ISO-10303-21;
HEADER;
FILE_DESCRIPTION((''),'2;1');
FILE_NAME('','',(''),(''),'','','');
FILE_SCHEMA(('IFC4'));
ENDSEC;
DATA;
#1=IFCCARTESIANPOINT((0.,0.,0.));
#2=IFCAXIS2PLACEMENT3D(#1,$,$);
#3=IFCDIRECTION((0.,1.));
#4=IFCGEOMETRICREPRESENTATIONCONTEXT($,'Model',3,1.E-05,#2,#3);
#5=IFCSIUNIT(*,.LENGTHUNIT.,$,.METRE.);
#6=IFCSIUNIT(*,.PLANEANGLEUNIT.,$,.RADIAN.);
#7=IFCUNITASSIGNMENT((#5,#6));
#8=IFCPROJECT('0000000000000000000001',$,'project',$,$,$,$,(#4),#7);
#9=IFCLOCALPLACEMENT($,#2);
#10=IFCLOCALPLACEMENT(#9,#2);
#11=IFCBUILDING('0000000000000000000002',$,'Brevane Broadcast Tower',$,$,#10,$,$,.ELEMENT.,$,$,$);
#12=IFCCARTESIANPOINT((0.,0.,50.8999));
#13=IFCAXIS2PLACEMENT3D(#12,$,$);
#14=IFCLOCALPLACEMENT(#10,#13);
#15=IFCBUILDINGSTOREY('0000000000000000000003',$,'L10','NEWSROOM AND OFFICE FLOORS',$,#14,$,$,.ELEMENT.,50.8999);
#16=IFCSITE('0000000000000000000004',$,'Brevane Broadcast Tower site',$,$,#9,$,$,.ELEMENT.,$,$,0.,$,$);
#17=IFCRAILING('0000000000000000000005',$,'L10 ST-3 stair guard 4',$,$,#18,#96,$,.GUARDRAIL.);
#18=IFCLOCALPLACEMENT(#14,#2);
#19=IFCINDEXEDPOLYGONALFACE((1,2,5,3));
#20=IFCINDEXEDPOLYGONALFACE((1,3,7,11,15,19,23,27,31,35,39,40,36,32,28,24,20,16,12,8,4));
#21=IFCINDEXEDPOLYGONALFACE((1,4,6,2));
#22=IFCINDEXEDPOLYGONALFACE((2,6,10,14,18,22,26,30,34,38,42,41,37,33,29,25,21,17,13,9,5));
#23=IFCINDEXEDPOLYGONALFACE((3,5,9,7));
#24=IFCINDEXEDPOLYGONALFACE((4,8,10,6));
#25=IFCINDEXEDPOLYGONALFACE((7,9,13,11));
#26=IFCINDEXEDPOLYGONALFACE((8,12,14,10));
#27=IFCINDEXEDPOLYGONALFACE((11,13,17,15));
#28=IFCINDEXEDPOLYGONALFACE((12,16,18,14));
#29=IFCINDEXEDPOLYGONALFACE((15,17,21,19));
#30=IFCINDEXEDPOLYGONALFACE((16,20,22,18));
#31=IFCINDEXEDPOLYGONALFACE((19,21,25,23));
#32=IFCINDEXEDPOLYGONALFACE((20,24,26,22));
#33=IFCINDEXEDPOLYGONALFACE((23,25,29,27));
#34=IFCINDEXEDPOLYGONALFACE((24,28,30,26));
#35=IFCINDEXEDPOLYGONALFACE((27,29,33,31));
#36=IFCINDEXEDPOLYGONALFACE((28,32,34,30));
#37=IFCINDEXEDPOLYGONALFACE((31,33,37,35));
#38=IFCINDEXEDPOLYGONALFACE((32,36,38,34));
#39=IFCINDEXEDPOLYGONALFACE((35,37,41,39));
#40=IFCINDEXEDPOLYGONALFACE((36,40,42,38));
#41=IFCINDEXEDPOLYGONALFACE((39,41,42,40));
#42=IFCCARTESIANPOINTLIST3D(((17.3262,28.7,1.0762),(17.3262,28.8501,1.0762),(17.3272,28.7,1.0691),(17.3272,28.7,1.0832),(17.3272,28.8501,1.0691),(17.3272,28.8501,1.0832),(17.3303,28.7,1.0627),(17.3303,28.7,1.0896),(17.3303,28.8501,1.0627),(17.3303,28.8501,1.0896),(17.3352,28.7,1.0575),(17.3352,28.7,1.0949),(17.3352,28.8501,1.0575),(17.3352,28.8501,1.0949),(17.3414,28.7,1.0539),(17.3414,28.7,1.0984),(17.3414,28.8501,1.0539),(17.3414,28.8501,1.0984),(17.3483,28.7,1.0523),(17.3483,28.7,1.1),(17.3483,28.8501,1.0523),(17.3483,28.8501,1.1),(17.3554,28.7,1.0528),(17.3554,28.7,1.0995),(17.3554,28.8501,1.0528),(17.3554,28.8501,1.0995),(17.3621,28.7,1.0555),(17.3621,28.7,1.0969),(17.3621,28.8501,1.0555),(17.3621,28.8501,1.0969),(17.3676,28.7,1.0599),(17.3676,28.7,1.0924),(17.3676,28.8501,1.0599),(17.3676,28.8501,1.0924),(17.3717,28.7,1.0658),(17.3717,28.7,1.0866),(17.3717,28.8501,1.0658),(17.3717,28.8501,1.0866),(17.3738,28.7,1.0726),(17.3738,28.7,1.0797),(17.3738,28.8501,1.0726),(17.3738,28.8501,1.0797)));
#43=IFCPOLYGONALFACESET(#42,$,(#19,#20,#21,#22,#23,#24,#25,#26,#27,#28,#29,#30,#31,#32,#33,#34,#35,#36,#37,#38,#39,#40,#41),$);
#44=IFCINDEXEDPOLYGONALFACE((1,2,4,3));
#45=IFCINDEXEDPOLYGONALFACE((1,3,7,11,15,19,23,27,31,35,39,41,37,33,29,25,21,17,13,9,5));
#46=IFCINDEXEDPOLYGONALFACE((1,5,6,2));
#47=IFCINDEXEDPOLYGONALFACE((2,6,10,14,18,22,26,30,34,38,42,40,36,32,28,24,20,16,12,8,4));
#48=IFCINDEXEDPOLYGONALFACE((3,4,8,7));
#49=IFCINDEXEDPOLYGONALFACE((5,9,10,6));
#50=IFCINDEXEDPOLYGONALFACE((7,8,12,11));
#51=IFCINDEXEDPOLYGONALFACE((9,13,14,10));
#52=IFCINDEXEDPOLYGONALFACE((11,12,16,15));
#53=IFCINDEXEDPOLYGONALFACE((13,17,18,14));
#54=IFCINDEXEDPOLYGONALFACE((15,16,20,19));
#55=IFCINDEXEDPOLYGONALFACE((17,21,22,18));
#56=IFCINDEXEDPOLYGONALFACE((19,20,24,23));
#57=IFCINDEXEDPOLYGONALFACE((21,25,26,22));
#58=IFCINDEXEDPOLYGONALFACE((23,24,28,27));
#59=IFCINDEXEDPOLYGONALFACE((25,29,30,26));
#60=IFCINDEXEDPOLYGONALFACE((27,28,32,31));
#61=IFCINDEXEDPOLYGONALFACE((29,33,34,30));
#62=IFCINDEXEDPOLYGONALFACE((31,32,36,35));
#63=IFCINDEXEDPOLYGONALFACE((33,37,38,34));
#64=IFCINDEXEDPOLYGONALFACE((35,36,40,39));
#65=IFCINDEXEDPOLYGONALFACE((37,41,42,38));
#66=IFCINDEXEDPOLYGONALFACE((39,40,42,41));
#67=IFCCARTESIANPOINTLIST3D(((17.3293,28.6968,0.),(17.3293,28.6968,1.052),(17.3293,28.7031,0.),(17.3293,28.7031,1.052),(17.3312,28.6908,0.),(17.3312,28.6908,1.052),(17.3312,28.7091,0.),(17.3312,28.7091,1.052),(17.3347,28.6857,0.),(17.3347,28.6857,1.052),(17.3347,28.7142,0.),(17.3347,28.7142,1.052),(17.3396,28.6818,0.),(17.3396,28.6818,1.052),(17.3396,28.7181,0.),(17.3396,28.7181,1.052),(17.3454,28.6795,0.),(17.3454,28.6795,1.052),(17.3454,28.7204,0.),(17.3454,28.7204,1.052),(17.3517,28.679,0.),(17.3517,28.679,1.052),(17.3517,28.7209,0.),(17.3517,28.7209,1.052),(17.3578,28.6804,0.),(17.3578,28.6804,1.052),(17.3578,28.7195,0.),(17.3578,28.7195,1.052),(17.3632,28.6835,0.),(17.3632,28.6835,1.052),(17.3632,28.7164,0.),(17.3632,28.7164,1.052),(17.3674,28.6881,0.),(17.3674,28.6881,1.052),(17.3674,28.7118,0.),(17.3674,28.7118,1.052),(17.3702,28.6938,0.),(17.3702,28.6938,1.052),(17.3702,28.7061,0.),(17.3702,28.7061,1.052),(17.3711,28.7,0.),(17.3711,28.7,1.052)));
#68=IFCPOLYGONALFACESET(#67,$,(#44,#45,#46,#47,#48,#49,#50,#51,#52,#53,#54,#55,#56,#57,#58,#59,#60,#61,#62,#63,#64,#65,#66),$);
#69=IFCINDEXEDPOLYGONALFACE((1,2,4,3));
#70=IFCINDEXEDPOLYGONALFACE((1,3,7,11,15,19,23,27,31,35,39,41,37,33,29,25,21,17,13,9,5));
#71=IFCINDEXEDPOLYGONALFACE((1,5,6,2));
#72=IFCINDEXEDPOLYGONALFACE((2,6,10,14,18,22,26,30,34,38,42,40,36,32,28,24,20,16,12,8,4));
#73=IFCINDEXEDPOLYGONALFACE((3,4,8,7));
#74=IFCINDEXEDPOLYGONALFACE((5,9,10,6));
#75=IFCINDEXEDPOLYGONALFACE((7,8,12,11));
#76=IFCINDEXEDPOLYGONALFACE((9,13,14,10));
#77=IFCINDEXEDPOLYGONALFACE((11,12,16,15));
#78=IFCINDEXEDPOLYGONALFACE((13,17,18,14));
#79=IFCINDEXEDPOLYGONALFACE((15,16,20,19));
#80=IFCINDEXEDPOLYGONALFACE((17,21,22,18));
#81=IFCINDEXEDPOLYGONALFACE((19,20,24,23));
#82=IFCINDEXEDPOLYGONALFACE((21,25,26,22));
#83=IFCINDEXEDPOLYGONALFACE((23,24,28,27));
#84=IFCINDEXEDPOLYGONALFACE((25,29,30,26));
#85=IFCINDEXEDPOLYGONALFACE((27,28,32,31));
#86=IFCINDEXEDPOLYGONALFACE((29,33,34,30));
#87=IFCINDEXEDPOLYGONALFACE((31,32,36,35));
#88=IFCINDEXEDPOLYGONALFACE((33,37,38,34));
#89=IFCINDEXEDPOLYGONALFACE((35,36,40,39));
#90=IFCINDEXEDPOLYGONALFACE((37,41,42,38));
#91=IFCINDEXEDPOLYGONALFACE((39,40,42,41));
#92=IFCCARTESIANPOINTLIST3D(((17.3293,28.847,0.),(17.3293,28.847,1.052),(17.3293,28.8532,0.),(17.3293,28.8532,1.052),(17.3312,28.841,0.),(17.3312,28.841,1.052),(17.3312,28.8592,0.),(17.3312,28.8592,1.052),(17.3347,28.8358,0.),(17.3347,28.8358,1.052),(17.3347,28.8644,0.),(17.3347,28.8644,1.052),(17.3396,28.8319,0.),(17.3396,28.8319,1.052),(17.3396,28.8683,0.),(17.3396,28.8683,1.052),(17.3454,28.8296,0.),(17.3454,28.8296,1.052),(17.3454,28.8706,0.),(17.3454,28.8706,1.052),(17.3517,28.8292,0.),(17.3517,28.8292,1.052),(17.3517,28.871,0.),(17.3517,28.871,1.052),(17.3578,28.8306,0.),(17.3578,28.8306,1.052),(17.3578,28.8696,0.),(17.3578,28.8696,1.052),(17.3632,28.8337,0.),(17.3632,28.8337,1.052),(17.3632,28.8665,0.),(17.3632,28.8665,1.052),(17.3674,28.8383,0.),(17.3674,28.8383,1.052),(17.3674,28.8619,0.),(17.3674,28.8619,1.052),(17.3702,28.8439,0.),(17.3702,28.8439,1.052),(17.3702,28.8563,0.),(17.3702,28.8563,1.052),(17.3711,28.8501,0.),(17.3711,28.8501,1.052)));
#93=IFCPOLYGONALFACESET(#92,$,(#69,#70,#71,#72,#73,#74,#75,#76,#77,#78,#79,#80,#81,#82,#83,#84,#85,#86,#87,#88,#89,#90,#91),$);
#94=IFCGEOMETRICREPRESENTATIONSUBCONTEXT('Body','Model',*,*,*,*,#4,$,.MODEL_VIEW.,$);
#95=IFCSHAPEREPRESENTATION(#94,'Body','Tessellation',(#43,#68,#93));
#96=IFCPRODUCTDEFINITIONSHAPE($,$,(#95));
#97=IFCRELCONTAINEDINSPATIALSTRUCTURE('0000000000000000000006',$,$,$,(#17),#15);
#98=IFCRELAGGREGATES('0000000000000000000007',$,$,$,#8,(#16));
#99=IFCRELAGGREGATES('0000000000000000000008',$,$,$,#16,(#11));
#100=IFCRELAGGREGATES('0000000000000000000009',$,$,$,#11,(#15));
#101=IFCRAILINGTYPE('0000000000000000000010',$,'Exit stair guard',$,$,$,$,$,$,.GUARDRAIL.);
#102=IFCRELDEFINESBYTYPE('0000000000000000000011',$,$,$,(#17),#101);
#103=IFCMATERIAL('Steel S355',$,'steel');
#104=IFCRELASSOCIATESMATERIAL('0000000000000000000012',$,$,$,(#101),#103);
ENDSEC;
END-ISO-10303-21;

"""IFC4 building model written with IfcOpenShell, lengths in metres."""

from ifc_helpers import new_model, si_unit, direction, frame, origin, origin_2d, place, context, subcontext, project, spatial, circle, extrude, material, type_object, element, save


model = new_model("IFC4")

# Units and contexts
model_context = context("Model", 3, precision=1e-05, world=origin(), true_north=direction((0.0, 1.0)))
body_context = subcontext(model_context, "Body", "Model", "MODEL_VIEW")
ifc_project = project(units=[si_unit("LENGTHUNIT", "METRE"), si_unit("PLANEANGLEUNIT", "RADIAN")], contexts=[model_context])

# Site, building, storey
site_placement = place(None, origin())
site = spatial("IfcSite", under=ifc_project, at=site_placement, Name="Brevane Broadcast Tower site", CompositionType="ELEMENT", RefElevation=0.0)
building_placement = place(site_placement, origin())
building = spatial("IfcBuilding", under=site, at=building_placement, Name="Brevane Broadcast Tower", CompositionType="ELEMENT")
storey_placement = place(building_placement, frame((0.0, 0.0, 50.8999)))
storey = spatial("IfcBuildingStorey", under=building, at=storey_placement, Name="L10", Description="NEWSROOM AND OFFICE FLOORS", CompositionType="ELEMENT", Elevation=50.8999)

# Railing
ifc_material_1 = material(Name="Steel S355", Category="steel")
railing_type_1 = type_object("IfcRailingType", Name="Exit stair guard", PredefinedType="GUARDRAIL", material=ifc_material_1)
railing_1_placement = place(storey_placement, frame((17.3501, 28.7, 0.0)))
element("IfcRailing", 1, at=railing_1_placement, inside=storey, type_object=railing_type_1, Name="L10 ST-3 stair guard 4", PredefinedType="GUARDRAIL", context=body_context, shape_type="SweptSolid", body=[
    extrude(circle(Radius=0.0239, at=origin_2d()), frame((0.0, 0.0, 1.0762), z_axis=(0.0, 1.0, 0.0), x_axis=(-1.0, 0.0, 0.0)), (0.0, 0.0, 1.0), 0.1501),
    extrude(circle(Radius=0.021, at=origin_2d()), origin(), (0.0, 0.0, 1.0), 1.052),
    extrude(circle(Radius=0.021, at=origin_2d()), frame((0.0, 0.1501, 0.0)), (0.0, 0.0, 1.0), 1.052),
])

save(model, "model.ifc")
